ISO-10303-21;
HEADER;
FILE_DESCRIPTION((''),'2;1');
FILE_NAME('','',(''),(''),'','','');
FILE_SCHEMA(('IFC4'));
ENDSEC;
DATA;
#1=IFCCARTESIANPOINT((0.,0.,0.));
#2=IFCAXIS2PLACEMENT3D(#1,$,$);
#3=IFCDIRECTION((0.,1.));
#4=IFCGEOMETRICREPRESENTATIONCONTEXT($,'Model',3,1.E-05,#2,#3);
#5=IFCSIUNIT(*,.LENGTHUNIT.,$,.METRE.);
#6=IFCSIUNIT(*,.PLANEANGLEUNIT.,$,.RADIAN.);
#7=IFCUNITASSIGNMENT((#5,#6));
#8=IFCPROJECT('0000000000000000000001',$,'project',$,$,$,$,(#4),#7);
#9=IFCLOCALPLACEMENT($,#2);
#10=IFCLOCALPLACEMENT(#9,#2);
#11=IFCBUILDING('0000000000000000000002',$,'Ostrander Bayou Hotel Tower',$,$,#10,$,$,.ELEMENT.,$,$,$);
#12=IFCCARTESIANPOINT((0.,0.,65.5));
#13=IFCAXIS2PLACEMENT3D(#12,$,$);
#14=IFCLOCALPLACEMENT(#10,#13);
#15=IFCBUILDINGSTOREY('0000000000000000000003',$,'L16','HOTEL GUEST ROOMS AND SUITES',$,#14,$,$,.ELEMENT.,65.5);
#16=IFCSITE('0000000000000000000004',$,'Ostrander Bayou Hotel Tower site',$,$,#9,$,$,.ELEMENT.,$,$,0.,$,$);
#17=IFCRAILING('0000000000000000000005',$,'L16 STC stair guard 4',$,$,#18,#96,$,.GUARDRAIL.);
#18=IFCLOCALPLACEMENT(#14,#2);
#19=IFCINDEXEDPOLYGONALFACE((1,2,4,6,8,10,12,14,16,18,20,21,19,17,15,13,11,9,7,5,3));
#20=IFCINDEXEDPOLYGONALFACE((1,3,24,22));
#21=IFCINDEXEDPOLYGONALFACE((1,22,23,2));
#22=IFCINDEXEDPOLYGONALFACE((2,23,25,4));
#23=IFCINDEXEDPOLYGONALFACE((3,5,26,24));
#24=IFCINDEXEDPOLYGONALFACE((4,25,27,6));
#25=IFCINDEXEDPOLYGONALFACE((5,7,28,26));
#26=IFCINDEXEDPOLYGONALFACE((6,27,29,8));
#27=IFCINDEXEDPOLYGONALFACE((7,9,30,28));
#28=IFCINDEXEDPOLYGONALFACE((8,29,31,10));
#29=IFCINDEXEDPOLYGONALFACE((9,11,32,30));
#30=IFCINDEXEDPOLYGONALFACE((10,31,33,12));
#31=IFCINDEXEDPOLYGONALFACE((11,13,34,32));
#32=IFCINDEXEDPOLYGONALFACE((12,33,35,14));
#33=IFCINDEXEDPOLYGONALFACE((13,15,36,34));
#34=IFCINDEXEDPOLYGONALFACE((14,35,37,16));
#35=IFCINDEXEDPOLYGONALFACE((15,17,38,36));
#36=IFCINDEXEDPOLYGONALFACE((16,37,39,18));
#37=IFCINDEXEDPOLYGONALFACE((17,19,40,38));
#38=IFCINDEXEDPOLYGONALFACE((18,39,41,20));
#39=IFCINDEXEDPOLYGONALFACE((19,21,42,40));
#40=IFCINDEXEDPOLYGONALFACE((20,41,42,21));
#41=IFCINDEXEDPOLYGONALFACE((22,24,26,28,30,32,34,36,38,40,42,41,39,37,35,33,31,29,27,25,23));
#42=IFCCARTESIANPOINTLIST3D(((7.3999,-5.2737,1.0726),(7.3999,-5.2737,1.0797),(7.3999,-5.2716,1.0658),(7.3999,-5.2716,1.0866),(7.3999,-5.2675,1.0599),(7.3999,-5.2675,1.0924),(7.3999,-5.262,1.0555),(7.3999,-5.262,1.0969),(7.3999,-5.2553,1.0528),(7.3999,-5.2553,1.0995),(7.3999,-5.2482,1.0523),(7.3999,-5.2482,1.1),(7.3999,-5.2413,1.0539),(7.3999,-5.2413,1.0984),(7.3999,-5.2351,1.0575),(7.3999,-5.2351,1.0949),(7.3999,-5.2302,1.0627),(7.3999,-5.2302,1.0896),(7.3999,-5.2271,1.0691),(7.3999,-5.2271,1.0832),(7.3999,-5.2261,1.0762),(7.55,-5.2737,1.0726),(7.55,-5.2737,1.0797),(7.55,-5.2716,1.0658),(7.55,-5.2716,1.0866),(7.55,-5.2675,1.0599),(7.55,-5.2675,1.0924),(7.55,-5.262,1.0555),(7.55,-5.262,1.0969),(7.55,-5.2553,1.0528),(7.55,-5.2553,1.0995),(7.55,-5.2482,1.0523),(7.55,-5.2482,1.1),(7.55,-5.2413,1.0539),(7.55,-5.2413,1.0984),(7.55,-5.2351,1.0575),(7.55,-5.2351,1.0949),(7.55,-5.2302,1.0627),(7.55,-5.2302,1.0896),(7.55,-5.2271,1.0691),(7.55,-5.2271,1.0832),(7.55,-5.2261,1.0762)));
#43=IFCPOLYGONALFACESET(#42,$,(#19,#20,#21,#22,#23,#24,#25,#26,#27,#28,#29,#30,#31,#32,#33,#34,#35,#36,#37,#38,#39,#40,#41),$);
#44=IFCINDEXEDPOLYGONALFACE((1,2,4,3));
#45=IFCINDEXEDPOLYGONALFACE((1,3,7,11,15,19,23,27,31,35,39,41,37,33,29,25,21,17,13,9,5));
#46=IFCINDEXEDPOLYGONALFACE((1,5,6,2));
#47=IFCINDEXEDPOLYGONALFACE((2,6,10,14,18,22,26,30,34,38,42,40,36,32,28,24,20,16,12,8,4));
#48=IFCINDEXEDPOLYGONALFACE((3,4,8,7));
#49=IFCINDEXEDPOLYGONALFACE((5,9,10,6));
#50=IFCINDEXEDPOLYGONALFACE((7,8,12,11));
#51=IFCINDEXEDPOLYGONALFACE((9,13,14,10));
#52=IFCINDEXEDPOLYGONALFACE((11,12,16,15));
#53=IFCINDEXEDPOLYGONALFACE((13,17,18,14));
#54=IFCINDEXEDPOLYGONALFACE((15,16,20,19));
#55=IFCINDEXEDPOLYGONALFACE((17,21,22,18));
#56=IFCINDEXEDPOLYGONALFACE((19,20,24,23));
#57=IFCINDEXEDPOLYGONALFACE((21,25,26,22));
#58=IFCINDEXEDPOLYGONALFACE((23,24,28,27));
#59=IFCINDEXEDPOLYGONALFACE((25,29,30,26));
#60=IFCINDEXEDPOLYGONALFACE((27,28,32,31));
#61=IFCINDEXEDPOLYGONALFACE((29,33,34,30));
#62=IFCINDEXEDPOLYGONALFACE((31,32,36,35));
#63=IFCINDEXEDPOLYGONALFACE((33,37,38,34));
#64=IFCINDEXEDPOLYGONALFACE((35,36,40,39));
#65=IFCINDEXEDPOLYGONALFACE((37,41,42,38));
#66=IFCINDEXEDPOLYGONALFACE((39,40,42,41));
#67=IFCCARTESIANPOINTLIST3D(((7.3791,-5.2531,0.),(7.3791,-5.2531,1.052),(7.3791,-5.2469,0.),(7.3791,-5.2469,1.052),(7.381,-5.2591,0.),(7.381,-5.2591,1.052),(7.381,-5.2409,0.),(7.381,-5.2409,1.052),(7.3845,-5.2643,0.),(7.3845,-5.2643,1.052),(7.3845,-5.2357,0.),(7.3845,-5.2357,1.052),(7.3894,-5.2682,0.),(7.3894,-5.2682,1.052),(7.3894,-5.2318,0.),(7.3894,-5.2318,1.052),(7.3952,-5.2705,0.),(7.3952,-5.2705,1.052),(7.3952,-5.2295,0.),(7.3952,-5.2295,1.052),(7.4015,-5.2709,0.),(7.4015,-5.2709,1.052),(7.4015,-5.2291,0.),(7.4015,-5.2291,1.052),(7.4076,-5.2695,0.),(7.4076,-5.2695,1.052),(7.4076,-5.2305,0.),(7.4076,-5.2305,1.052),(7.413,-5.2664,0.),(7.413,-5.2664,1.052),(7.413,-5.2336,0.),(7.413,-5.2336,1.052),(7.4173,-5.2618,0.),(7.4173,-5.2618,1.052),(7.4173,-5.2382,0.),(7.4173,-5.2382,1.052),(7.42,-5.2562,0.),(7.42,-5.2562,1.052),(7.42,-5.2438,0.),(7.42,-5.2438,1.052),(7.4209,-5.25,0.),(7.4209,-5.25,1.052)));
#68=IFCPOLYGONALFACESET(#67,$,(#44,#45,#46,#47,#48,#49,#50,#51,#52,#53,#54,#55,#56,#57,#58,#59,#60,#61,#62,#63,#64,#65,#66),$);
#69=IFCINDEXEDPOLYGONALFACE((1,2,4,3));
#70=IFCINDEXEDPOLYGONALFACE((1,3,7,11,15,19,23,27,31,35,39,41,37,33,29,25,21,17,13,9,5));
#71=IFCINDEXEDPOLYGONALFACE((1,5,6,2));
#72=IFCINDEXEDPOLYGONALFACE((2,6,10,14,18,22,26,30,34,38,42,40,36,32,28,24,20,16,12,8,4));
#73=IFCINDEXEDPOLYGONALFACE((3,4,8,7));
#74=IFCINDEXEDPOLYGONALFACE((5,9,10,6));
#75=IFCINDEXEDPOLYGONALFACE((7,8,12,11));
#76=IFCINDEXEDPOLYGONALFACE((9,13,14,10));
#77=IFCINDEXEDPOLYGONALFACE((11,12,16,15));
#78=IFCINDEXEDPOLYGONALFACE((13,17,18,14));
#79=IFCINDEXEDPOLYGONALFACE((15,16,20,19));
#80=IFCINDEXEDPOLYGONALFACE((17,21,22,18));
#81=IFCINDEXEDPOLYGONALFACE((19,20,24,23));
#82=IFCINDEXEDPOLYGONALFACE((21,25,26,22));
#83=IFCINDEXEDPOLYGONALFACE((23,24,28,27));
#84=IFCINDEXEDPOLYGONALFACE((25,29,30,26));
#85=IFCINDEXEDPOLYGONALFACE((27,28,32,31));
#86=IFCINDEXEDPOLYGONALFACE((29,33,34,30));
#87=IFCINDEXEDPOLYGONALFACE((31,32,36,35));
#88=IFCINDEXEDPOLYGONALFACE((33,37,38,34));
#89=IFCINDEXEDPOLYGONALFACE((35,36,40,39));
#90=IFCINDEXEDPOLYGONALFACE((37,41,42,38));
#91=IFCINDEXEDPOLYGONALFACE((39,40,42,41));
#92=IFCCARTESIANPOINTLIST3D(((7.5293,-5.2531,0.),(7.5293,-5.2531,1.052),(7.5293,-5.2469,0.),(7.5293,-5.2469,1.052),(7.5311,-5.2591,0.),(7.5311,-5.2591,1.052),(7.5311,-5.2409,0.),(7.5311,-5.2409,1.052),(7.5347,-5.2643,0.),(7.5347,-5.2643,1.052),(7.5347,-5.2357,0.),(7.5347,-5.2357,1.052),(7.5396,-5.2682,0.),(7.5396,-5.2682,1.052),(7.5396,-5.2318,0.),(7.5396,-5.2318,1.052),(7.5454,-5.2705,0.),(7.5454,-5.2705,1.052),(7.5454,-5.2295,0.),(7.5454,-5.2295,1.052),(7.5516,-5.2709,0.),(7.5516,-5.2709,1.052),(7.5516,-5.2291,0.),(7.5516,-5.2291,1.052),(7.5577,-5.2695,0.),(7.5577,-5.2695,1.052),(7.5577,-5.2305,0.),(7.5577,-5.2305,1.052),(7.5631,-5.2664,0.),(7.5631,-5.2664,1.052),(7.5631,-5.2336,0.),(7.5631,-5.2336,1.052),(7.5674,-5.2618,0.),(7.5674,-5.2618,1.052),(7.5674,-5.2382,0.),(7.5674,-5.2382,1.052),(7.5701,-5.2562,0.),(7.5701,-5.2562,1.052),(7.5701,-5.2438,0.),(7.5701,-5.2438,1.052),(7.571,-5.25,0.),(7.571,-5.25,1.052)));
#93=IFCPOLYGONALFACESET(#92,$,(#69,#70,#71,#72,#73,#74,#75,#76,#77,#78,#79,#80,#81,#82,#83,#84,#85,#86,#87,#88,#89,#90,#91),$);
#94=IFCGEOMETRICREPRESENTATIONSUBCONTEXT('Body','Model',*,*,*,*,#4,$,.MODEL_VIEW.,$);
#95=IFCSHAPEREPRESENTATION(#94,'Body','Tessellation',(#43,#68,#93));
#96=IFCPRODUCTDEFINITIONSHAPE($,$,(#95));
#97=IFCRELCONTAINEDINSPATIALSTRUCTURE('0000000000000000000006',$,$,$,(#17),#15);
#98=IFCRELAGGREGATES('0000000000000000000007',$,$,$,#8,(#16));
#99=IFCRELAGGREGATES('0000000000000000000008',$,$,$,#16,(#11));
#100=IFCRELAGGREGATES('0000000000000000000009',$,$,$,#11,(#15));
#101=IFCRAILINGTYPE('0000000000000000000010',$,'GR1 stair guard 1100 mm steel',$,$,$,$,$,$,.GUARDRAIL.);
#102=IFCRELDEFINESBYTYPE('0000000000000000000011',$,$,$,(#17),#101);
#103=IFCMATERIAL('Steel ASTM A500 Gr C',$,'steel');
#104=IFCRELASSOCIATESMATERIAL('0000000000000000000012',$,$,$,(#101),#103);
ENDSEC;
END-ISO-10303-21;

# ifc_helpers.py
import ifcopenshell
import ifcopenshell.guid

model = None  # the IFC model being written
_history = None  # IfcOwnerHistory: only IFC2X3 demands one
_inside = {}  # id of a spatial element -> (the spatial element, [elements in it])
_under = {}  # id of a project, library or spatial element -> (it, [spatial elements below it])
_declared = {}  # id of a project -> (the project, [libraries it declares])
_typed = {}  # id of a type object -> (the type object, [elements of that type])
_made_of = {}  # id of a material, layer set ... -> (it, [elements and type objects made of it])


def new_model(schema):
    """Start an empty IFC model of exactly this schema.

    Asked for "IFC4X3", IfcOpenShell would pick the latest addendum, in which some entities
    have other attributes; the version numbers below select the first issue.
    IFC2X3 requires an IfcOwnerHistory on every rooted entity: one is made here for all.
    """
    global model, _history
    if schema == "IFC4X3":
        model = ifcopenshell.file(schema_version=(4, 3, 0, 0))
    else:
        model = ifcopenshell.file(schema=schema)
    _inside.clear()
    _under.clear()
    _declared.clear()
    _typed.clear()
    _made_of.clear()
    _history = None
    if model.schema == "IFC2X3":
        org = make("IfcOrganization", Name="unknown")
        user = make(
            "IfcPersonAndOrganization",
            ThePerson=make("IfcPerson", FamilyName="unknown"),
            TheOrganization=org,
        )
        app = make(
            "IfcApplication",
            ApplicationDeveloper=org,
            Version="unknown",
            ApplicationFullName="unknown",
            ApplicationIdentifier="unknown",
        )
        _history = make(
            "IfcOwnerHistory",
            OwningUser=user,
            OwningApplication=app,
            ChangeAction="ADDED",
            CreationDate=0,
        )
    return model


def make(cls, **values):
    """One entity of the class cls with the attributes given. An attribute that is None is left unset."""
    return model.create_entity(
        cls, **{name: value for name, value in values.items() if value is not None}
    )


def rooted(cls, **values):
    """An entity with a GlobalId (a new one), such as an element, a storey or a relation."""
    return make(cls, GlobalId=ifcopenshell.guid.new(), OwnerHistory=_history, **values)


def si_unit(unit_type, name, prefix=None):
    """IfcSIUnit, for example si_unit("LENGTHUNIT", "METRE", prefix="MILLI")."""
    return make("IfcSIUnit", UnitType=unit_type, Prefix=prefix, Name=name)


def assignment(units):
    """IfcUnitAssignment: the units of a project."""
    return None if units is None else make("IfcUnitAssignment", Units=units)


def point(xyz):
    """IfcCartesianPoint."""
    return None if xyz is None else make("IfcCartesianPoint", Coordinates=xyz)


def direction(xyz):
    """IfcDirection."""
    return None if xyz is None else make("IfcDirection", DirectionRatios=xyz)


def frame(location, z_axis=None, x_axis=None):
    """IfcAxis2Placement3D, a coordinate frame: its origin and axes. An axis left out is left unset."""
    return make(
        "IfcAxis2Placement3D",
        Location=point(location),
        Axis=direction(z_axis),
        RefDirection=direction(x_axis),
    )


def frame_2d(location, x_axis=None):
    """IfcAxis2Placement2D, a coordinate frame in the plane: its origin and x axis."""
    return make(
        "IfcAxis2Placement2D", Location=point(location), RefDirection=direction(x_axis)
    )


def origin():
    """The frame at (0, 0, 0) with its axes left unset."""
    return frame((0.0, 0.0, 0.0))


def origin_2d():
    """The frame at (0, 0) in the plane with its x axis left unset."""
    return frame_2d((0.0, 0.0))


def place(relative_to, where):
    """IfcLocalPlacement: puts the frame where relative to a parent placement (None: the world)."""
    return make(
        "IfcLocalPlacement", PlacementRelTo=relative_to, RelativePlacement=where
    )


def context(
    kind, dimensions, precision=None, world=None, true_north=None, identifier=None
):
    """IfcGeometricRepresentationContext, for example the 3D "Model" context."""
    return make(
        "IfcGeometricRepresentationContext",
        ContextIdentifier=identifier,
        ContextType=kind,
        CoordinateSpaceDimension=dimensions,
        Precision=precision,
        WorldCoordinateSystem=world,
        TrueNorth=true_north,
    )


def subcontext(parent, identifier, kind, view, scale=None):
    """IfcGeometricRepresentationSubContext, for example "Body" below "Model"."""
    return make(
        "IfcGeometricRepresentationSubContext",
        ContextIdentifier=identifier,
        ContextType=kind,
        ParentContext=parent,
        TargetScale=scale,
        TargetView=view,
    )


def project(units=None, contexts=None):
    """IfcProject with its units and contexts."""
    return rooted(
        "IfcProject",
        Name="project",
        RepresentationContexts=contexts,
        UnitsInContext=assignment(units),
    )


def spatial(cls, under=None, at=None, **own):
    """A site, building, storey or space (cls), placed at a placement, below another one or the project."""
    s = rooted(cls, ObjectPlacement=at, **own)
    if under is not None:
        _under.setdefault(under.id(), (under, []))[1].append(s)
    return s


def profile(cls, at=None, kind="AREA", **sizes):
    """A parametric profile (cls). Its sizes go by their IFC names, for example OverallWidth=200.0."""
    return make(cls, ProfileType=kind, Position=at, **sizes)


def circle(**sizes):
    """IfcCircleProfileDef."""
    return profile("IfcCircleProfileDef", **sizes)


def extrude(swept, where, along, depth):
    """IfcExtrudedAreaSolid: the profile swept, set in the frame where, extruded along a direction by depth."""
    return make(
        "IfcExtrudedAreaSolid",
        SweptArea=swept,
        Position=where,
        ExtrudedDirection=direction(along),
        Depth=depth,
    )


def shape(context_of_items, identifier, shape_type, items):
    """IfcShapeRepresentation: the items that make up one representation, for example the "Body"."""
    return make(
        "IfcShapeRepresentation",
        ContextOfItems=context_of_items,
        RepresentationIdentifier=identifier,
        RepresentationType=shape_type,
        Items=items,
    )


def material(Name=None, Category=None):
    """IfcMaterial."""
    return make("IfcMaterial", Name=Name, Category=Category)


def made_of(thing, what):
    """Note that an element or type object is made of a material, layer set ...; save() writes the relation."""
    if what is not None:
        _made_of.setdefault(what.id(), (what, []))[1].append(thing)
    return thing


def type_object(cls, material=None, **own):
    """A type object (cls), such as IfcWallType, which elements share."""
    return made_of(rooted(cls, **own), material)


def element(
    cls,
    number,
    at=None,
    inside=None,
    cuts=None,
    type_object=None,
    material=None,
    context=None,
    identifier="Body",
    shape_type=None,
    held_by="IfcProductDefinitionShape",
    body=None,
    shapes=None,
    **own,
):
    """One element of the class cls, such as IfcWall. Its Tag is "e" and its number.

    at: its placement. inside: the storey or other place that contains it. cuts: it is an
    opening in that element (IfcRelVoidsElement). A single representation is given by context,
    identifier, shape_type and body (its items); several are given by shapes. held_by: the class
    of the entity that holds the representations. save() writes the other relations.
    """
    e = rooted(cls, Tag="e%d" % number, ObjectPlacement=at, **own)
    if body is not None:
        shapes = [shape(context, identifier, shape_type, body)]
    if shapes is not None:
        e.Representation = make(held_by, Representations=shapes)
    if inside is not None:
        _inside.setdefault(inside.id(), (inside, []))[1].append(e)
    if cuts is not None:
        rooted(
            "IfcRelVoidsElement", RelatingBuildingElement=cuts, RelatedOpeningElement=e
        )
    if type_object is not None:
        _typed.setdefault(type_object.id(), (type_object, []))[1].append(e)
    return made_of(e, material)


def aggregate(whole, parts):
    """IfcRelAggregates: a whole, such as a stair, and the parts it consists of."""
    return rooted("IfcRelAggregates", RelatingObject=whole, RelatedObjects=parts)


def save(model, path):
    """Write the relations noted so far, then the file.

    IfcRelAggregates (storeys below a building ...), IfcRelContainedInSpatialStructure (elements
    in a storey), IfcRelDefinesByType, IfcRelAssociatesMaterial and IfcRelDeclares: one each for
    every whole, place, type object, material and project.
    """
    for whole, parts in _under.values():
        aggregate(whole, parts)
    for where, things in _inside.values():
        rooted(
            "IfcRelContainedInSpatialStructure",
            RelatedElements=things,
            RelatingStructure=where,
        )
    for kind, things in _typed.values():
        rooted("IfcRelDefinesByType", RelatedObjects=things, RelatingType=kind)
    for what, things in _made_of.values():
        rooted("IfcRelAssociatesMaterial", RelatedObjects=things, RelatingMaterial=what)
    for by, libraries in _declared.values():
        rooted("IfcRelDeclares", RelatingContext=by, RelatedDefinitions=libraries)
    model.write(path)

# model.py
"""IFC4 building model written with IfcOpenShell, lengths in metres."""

from ifc_helpers import new_model, si_unit, direction, frame, origin, origin_2d, place, context, subcontext, project, spatial, circle, extrude, material, type_object, element, save


model = new_model("IFC4")

# Units and contexts
model_context = context("Model", 3, precision=1e-05, world=origin(), true_north=direction((0.0, 1.0)))
body_context = subcontext(model_context, "Body", "Model", "MODEL_VIEW")
ifc_project = project(units=[si_unit("LENGTHUNIT", "METRE"), si_unit("PLANEANGLEUNIT", "RADIAN")], contexts=[model_context])

# Site, building, storey
site_placement = place(None, origin())
site = spatial("IfcSite", under=ifc_project, at=site_placement, Name="Ostrander Bayou Hotel Tower site", CompositionType="ELEMENT", RefElevation=0.0)
building_placement = place(site_placement, origin())
building = spatial("IfcBuilding", under=site, at=building_placement, Name="Ostrander Bayou Hotel Tower", CompositionType="ELEMENT")
storey_placement = place(building_placement, frame((0.0, 0.0, 65.5)))
storey = spatial("IfcBuildingStorey", under=building, at=storey_placement, Name="L16", Description="HOTEL GUEST ROOMS AND SUITES", CompositionType="ELEMENT", Elevation=65.5)

# Railing
ifc_material_1 = material(Name="Steel ASTM A500 Gr C", Category="steel")
railing_type_1 = type_object("IfcRailingType", Name="GR1 stair guard 1100 mm steel", PredefinedType="GUARDRAIL", material=ifc_material_1)
railing_1_placement = place(storey_placement, frame((7.3999, -5.25, 0.0)))
element("IfcRailing", 1, at=railing_1_placement, inside=storey, type_object=railing_type_1, Name="L16 STC stair guard 4", PredefinedType="GUARDRAIL", context=body_context, shape_type="SweptSolid", body=[
    extrude(circle(Radius=0.0239, at=origin_2d()), frame((0.0, 0.0, 1.0762), z_axis=(1.0, 0.0, 0.0), x_axis=(0.0, 1.0, 0.0)), (0.0, 0.0, 1.0), 0.1501),
    extrude(circle(Radius=0.021, at=origin_2d()), origin(), (0.0, 0.0, 1.0), 1.052),
    extrude(circle(Radius=0.021, at=origin_2d()), frame((0.1501, 0.0, 0.0)), (0.0, 0.0, 1.0), 1.052),
])

save(model, "model.ifc")
